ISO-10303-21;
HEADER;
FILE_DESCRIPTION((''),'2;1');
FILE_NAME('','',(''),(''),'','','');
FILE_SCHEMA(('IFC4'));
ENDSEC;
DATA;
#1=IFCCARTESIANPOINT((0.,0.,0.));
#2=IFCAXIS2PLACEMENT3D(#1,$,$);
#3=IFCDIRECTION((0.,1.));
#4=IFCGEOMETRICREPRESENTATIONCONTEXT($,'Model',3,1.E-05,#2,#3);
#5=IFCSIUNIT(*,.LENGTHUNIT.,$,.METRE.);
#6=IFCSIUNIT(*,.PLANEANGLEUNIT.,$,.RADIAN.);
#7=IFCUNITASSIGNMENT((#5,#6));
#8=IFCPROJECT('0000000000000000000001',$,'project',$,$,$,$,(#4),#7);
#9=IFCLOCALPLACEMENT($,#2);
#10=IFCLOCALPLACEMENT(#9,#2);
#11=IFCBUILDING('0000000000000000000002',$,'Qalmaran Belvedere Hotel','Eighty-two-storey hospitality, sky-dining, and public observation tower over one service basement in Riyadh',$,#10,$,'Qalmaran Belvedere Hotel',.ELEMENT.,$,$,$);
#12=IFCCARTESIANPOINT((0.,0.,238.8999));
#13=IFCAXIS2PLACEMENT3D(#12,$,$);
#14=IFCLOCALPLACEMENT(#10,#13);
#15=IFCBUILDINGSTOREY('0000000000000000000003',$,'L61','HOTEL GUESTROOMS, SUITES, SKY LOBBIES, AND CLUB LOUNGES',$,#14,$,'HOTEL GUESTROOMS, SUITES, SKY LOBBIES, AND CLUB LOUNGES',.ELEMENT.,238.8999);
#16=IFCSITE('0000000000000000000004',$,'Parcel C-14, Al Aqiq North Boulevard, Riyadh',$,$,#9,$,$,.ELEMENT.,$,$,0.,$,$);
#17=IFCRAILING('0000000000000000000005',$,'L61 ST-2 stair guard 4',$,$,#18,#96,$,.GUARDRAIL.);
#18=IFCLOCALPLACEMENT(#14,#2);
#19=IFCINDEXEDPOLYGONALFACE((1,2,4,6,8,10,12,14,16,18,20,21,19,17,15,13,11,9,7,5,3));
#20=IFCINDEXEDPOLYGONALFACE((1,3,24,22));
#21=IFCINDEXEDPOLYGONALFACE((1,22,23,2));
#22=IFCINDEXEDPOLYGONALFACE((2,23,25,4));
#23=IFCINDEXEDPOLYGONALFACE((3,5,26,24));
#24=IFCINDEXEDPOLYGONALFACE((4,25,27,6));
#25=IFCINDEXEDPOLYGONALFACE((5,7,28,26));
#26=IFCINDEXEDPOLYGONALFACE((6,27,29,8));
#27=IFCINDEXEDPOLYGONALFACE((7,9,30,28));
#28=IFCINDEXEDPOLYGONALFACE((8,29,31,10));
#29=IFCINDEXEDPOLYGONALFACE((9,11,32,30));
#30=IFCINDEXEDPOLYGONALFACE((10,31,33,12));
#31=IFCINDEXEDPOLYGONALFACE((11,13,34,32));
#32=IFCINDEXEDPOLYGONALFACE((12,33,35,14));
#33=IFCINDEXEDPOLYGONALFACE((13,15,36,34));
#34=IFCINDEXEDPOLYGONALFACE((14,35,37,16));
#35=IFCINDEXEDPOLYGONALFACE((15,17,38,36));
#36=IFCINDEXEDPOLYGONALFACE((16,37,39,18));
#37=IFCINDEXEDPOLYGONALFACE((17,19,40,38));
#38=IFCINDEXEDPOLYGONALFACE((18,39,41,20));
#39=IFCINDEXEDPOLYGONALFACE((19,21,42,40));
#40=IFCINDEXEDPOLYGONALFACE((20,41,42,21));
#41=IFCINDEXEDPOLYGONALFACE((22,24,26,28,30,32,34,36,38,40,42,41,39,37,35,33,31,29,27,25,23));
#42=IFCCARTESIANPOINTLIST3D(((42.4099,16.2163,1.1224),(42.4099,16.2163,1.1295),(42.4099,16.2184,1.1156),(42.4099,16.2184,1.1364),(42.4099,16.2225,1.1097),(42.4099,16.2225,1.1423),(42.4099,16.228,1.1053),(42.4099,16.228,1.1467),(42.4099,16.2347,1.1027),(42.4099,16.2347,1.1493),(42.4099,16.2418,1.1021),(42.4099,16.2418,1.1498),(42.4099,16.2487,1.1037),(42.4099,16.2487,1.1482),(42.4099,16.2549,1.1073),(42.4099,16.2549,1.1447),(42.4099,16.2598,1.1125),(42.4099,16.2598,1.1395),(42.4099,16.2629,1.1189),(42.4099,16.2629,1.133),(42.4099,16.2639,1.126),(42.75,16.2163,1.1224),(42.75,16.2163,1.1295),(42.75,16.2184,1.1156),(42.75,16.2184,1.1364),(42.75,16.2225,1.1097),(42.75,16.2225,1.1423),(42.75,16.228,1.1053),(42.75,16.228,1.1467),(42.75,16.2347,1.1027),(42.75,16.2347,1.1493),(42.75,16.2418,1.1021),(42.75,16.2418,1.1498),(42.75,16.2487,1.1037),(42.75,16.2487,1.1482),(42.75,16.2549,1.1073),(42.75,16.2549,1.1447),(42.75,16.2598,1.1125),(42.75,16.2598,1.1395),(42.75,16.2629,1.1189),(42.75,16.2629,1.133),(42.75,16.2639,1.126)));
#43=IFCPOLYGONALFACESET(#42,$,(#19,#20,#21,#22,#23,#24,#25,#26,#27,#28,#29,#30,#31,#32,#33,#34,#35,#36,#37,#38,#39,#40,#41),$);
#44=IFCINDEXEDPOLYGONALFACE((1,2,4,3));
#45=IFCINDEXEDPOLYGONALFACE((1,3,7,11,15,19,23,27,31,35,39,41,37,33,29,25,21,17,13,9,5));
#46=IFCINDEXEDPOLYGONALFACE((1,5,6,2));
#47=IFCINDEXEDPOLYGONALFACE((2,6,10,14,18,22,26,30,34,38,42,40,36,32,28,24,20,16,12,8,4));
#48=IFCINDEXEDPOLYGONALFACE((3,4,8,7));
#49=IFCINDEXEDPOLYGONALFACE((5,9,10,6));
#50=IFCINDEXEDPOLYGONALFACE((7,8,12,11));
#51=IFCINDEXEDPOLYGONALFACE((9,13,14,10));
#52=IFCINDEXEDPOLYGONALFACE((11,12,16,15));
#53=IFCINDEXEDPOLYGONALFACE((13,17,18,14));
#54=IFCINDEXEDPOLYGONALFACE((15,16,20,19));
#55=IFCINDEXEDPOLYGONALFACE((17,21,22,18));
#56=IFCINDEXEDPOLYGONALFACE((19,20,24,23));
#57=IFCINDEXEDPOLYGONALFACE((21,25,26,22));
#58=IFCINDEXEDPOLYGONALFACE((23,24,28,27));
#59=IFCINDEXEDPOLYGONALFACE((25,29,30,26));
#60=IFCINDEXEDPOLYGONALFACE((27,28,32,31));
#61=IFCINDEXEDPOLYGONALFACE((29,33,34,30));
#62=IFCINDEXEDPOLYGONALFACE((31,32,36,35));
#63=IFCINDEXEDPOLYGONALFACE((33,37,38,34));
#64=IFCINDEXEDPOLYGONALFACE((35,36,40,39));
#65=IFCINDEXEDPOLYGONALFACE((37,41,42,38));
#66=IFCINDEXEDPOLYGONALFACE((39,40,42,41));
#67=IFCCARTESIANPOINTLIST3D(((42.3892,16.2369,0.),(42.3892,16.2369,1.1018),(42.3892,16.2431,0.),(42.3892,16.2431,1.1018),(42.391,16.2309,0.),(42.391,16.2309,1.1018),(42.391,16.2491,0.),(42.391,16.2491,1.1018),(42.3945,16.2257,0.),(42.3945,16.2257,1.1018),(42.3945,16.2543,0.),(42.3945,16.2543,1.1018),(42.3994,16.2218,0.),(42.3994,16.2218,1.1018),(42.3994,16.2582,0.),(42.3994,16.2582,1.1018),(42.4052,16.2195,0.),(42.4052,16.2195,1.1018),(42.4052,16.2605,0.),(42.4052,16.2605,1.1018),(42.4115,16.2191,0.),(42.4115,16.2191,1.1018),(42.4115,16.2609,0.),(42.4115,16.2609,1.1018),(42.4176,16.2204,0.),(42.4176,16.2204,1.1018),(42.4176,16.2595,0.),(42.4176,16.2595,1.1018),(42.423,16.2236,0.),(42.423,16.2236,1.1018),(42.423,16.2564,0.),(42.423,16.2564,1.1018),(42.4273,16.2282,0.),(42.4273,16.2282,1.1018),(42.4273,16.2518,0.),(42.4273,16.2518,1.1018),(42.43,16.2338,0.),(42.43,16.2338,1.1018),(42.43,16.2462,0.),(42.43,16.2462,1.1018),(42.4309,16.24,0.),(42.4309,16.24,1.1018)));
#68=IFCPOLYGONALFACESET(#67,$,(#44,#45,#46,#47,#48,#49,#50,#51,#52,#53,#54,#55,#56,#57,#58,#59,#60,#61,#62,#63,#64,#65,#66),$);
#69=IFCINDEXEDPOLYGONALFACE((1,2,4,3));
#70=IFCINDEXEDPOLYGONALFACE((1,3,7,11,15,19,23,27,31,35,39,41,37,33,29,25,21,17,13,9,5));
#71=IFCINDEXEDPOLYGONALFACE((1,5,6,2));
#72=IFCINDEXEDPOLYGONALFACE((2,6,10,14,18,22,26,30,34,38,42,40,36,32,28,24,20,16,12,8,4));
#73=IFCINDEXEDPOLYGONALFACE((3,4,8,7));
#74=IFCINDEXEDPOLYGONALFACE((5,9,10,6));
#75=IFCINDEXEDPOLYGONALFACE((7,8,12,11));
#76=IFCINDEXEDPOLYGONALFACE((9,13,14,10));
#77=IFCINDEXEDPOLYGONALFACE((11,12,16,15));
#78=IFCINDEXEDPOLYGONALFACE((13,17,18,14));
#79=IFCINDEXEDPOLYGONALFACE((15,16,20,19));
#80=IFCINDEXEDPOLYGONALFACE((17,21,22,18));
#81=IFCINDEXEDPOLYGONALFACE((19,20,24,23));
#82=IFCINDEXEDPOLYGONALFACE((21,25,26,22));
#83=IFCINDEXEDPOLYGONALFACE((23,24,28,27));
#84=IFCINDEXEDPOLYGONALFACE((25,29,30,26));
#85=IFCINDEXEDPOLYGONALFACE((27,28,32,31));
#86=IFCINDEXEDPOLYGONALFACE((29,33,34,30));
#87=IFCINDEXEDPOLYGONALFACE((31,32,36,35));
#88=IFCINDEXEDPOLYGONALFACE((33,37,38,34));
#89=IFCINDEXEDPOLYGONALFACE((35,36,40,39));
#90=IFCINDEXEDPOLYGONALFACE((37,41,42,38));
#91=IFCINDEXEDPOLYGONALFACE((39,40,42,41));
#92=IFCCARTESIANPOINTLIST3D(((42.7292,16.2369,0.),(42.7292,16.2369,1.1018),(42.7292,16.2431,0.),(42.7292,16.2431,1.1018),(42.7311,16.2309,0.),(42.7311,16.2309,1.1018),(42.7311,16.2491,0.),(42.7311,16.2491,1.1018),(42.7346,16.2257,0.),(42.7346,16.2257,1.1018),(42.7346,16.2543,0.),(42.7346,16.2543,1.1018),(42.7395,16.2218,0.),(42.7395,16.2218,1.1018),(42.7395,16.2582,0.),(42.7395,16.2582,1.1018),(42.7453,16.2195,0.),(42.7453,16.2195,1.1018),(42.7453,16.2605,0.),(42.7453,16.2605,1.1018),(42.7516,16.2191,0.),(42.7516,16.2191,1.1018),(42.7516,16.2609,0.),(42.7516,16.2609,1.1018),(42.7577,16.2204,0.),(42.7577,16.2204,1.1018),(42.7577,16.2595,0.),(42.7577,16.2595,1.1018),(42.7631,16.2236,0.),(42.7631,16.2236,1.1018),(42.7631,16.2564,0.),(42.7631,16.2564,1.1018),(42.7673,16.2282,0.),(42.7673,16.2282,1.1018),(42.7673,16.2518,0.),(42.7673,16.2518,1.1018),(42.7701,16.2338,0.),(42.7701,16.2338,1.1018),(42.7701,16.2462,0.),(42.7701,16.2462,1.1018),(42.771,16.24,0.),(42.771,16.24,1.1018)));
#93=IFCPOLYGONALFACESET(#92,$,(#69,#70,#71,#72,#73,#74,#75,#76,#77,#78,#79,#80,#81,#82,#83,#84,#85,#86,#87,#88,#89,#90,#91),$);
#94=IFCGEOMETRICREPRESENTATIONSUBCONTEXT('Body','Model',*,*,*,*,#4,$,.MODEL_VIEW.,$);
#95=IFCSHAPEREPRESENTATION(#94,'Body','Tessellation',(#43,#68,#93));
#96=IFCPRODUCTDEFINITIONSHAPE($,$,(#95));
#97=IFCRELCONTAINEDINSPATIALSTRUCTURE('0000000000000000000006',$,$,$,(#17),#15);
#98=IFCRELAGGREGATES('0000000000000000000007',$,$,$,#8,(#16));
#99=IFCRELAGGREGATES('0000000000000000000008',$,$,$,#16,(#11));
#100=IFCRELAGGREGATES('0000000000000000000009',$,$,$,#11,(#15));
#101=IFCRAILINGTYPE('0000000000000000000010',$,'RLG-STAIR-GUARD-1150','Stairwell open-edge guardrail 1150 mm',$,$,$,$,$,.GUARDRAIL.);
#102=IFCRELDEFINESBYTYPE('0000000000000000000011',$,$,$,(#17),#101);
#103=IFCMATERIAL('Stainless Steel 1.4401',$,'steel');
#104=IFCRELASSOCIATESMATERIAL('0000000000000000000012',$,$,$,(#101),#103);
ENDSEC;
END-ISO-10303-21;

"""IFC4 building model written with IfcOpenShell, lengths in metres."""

from ifc_helpers import new_model, si_unit, direction, frame, origin, origin_2d, place, context, subcontext, project, spatial, circle, extrude, material, type_object, element, save


model = new_model("IFC4")

# Units and contexts
model_context = context("Model", 3, precision=1e-05, world=origin(), true_north=direction((0.0, 1.0)))
body_context = subcontext(model_context, "Body", "Model", "MODEL_VIEW")
ifc_project = project(units=[si_unit("LENGTHUNIT", "METRE"), si_unit("PLANEANGLEUNIT", "RADIAN")], contexts=[model_context])

# Site, building, storey
site_placement = place(None, origin())
site = spatial("IfcSite", under=ifc_project, at=site_placement, Name="Parcel C-14, Al Aqiq North Boulevard, Riyadh", CompositionType="ELEMENT", RefElevation=0.0)
building_placement = place(site_placement, origin())
building = spatial("IfcBuilding", under=site, at=building_placement, Name="Qalmaran Belvedere Hotel", Description="Eighty-two-storey hospitality, sky-dining, and public observation tower over one service basement in Riyadh", LongName="Qalmaran Belvedere Hotel", CompositionType="ELEMENT")
storey_placement = place(building_placement, frame((0.0, 0.0, 238.8999)))
storey = spatial("IfcBuildingStorey", under=building, at=storey_placement, Name="L61", Description="HOTEL GUESTROOMS, SUITES, SKY LOBBIES, AND CLUB LOUNGES", LongName="HOTEL GUESTROOMS, SUITES, SKY LOBBIES, AND CLUB LOUNGES", CompositionType="ELEMENT", Elevation=238.8999)

# Railing
ifc_material_1 = material(Name="Stainless Steel 1.4401", Category="steel")
railing_type_1 = type_object("IfcRailingType", Name="RLG-STAIR-GUARD-1150", Description="Stairwell open-edge guardrail 1150 mm", PredefinedType="GUARDRAIL", material=ifc_material_1)
railing_1_placement = place(storey_placement, frame((42.4099, 16.24, 0.0)))
element("IfcRailing", 1, at=railing_1_placement, inside=storey, type_object=railing_type_1, Name="L61 ST-2 stair guard 4", PredefinedType="GUARDRAIL", context=body_context, shape_type="SweptSolid", body=[
    extrude(circle(Radius=0.0239, at=origin_2d()), frame((0.0, 0.0, 1.126), z_axis=(1.0, 0.0, 0.0), x_axis=(0.0, 1.0, 0.0)), (0.0, 0.0, 1.0), 0.3401),
    extrude(circle(Radius=0.021, at=origin_2d()), origin(), (0.0, 0.0, 1.0), 1.1018),
    extrude(circle(Radius=0.021, at=origin_2d()), frame((0.3401, 0.0, 0.0)), (0.0, 0.0, 1.0), 1.1018),
])

save(model, "model.ifc")
